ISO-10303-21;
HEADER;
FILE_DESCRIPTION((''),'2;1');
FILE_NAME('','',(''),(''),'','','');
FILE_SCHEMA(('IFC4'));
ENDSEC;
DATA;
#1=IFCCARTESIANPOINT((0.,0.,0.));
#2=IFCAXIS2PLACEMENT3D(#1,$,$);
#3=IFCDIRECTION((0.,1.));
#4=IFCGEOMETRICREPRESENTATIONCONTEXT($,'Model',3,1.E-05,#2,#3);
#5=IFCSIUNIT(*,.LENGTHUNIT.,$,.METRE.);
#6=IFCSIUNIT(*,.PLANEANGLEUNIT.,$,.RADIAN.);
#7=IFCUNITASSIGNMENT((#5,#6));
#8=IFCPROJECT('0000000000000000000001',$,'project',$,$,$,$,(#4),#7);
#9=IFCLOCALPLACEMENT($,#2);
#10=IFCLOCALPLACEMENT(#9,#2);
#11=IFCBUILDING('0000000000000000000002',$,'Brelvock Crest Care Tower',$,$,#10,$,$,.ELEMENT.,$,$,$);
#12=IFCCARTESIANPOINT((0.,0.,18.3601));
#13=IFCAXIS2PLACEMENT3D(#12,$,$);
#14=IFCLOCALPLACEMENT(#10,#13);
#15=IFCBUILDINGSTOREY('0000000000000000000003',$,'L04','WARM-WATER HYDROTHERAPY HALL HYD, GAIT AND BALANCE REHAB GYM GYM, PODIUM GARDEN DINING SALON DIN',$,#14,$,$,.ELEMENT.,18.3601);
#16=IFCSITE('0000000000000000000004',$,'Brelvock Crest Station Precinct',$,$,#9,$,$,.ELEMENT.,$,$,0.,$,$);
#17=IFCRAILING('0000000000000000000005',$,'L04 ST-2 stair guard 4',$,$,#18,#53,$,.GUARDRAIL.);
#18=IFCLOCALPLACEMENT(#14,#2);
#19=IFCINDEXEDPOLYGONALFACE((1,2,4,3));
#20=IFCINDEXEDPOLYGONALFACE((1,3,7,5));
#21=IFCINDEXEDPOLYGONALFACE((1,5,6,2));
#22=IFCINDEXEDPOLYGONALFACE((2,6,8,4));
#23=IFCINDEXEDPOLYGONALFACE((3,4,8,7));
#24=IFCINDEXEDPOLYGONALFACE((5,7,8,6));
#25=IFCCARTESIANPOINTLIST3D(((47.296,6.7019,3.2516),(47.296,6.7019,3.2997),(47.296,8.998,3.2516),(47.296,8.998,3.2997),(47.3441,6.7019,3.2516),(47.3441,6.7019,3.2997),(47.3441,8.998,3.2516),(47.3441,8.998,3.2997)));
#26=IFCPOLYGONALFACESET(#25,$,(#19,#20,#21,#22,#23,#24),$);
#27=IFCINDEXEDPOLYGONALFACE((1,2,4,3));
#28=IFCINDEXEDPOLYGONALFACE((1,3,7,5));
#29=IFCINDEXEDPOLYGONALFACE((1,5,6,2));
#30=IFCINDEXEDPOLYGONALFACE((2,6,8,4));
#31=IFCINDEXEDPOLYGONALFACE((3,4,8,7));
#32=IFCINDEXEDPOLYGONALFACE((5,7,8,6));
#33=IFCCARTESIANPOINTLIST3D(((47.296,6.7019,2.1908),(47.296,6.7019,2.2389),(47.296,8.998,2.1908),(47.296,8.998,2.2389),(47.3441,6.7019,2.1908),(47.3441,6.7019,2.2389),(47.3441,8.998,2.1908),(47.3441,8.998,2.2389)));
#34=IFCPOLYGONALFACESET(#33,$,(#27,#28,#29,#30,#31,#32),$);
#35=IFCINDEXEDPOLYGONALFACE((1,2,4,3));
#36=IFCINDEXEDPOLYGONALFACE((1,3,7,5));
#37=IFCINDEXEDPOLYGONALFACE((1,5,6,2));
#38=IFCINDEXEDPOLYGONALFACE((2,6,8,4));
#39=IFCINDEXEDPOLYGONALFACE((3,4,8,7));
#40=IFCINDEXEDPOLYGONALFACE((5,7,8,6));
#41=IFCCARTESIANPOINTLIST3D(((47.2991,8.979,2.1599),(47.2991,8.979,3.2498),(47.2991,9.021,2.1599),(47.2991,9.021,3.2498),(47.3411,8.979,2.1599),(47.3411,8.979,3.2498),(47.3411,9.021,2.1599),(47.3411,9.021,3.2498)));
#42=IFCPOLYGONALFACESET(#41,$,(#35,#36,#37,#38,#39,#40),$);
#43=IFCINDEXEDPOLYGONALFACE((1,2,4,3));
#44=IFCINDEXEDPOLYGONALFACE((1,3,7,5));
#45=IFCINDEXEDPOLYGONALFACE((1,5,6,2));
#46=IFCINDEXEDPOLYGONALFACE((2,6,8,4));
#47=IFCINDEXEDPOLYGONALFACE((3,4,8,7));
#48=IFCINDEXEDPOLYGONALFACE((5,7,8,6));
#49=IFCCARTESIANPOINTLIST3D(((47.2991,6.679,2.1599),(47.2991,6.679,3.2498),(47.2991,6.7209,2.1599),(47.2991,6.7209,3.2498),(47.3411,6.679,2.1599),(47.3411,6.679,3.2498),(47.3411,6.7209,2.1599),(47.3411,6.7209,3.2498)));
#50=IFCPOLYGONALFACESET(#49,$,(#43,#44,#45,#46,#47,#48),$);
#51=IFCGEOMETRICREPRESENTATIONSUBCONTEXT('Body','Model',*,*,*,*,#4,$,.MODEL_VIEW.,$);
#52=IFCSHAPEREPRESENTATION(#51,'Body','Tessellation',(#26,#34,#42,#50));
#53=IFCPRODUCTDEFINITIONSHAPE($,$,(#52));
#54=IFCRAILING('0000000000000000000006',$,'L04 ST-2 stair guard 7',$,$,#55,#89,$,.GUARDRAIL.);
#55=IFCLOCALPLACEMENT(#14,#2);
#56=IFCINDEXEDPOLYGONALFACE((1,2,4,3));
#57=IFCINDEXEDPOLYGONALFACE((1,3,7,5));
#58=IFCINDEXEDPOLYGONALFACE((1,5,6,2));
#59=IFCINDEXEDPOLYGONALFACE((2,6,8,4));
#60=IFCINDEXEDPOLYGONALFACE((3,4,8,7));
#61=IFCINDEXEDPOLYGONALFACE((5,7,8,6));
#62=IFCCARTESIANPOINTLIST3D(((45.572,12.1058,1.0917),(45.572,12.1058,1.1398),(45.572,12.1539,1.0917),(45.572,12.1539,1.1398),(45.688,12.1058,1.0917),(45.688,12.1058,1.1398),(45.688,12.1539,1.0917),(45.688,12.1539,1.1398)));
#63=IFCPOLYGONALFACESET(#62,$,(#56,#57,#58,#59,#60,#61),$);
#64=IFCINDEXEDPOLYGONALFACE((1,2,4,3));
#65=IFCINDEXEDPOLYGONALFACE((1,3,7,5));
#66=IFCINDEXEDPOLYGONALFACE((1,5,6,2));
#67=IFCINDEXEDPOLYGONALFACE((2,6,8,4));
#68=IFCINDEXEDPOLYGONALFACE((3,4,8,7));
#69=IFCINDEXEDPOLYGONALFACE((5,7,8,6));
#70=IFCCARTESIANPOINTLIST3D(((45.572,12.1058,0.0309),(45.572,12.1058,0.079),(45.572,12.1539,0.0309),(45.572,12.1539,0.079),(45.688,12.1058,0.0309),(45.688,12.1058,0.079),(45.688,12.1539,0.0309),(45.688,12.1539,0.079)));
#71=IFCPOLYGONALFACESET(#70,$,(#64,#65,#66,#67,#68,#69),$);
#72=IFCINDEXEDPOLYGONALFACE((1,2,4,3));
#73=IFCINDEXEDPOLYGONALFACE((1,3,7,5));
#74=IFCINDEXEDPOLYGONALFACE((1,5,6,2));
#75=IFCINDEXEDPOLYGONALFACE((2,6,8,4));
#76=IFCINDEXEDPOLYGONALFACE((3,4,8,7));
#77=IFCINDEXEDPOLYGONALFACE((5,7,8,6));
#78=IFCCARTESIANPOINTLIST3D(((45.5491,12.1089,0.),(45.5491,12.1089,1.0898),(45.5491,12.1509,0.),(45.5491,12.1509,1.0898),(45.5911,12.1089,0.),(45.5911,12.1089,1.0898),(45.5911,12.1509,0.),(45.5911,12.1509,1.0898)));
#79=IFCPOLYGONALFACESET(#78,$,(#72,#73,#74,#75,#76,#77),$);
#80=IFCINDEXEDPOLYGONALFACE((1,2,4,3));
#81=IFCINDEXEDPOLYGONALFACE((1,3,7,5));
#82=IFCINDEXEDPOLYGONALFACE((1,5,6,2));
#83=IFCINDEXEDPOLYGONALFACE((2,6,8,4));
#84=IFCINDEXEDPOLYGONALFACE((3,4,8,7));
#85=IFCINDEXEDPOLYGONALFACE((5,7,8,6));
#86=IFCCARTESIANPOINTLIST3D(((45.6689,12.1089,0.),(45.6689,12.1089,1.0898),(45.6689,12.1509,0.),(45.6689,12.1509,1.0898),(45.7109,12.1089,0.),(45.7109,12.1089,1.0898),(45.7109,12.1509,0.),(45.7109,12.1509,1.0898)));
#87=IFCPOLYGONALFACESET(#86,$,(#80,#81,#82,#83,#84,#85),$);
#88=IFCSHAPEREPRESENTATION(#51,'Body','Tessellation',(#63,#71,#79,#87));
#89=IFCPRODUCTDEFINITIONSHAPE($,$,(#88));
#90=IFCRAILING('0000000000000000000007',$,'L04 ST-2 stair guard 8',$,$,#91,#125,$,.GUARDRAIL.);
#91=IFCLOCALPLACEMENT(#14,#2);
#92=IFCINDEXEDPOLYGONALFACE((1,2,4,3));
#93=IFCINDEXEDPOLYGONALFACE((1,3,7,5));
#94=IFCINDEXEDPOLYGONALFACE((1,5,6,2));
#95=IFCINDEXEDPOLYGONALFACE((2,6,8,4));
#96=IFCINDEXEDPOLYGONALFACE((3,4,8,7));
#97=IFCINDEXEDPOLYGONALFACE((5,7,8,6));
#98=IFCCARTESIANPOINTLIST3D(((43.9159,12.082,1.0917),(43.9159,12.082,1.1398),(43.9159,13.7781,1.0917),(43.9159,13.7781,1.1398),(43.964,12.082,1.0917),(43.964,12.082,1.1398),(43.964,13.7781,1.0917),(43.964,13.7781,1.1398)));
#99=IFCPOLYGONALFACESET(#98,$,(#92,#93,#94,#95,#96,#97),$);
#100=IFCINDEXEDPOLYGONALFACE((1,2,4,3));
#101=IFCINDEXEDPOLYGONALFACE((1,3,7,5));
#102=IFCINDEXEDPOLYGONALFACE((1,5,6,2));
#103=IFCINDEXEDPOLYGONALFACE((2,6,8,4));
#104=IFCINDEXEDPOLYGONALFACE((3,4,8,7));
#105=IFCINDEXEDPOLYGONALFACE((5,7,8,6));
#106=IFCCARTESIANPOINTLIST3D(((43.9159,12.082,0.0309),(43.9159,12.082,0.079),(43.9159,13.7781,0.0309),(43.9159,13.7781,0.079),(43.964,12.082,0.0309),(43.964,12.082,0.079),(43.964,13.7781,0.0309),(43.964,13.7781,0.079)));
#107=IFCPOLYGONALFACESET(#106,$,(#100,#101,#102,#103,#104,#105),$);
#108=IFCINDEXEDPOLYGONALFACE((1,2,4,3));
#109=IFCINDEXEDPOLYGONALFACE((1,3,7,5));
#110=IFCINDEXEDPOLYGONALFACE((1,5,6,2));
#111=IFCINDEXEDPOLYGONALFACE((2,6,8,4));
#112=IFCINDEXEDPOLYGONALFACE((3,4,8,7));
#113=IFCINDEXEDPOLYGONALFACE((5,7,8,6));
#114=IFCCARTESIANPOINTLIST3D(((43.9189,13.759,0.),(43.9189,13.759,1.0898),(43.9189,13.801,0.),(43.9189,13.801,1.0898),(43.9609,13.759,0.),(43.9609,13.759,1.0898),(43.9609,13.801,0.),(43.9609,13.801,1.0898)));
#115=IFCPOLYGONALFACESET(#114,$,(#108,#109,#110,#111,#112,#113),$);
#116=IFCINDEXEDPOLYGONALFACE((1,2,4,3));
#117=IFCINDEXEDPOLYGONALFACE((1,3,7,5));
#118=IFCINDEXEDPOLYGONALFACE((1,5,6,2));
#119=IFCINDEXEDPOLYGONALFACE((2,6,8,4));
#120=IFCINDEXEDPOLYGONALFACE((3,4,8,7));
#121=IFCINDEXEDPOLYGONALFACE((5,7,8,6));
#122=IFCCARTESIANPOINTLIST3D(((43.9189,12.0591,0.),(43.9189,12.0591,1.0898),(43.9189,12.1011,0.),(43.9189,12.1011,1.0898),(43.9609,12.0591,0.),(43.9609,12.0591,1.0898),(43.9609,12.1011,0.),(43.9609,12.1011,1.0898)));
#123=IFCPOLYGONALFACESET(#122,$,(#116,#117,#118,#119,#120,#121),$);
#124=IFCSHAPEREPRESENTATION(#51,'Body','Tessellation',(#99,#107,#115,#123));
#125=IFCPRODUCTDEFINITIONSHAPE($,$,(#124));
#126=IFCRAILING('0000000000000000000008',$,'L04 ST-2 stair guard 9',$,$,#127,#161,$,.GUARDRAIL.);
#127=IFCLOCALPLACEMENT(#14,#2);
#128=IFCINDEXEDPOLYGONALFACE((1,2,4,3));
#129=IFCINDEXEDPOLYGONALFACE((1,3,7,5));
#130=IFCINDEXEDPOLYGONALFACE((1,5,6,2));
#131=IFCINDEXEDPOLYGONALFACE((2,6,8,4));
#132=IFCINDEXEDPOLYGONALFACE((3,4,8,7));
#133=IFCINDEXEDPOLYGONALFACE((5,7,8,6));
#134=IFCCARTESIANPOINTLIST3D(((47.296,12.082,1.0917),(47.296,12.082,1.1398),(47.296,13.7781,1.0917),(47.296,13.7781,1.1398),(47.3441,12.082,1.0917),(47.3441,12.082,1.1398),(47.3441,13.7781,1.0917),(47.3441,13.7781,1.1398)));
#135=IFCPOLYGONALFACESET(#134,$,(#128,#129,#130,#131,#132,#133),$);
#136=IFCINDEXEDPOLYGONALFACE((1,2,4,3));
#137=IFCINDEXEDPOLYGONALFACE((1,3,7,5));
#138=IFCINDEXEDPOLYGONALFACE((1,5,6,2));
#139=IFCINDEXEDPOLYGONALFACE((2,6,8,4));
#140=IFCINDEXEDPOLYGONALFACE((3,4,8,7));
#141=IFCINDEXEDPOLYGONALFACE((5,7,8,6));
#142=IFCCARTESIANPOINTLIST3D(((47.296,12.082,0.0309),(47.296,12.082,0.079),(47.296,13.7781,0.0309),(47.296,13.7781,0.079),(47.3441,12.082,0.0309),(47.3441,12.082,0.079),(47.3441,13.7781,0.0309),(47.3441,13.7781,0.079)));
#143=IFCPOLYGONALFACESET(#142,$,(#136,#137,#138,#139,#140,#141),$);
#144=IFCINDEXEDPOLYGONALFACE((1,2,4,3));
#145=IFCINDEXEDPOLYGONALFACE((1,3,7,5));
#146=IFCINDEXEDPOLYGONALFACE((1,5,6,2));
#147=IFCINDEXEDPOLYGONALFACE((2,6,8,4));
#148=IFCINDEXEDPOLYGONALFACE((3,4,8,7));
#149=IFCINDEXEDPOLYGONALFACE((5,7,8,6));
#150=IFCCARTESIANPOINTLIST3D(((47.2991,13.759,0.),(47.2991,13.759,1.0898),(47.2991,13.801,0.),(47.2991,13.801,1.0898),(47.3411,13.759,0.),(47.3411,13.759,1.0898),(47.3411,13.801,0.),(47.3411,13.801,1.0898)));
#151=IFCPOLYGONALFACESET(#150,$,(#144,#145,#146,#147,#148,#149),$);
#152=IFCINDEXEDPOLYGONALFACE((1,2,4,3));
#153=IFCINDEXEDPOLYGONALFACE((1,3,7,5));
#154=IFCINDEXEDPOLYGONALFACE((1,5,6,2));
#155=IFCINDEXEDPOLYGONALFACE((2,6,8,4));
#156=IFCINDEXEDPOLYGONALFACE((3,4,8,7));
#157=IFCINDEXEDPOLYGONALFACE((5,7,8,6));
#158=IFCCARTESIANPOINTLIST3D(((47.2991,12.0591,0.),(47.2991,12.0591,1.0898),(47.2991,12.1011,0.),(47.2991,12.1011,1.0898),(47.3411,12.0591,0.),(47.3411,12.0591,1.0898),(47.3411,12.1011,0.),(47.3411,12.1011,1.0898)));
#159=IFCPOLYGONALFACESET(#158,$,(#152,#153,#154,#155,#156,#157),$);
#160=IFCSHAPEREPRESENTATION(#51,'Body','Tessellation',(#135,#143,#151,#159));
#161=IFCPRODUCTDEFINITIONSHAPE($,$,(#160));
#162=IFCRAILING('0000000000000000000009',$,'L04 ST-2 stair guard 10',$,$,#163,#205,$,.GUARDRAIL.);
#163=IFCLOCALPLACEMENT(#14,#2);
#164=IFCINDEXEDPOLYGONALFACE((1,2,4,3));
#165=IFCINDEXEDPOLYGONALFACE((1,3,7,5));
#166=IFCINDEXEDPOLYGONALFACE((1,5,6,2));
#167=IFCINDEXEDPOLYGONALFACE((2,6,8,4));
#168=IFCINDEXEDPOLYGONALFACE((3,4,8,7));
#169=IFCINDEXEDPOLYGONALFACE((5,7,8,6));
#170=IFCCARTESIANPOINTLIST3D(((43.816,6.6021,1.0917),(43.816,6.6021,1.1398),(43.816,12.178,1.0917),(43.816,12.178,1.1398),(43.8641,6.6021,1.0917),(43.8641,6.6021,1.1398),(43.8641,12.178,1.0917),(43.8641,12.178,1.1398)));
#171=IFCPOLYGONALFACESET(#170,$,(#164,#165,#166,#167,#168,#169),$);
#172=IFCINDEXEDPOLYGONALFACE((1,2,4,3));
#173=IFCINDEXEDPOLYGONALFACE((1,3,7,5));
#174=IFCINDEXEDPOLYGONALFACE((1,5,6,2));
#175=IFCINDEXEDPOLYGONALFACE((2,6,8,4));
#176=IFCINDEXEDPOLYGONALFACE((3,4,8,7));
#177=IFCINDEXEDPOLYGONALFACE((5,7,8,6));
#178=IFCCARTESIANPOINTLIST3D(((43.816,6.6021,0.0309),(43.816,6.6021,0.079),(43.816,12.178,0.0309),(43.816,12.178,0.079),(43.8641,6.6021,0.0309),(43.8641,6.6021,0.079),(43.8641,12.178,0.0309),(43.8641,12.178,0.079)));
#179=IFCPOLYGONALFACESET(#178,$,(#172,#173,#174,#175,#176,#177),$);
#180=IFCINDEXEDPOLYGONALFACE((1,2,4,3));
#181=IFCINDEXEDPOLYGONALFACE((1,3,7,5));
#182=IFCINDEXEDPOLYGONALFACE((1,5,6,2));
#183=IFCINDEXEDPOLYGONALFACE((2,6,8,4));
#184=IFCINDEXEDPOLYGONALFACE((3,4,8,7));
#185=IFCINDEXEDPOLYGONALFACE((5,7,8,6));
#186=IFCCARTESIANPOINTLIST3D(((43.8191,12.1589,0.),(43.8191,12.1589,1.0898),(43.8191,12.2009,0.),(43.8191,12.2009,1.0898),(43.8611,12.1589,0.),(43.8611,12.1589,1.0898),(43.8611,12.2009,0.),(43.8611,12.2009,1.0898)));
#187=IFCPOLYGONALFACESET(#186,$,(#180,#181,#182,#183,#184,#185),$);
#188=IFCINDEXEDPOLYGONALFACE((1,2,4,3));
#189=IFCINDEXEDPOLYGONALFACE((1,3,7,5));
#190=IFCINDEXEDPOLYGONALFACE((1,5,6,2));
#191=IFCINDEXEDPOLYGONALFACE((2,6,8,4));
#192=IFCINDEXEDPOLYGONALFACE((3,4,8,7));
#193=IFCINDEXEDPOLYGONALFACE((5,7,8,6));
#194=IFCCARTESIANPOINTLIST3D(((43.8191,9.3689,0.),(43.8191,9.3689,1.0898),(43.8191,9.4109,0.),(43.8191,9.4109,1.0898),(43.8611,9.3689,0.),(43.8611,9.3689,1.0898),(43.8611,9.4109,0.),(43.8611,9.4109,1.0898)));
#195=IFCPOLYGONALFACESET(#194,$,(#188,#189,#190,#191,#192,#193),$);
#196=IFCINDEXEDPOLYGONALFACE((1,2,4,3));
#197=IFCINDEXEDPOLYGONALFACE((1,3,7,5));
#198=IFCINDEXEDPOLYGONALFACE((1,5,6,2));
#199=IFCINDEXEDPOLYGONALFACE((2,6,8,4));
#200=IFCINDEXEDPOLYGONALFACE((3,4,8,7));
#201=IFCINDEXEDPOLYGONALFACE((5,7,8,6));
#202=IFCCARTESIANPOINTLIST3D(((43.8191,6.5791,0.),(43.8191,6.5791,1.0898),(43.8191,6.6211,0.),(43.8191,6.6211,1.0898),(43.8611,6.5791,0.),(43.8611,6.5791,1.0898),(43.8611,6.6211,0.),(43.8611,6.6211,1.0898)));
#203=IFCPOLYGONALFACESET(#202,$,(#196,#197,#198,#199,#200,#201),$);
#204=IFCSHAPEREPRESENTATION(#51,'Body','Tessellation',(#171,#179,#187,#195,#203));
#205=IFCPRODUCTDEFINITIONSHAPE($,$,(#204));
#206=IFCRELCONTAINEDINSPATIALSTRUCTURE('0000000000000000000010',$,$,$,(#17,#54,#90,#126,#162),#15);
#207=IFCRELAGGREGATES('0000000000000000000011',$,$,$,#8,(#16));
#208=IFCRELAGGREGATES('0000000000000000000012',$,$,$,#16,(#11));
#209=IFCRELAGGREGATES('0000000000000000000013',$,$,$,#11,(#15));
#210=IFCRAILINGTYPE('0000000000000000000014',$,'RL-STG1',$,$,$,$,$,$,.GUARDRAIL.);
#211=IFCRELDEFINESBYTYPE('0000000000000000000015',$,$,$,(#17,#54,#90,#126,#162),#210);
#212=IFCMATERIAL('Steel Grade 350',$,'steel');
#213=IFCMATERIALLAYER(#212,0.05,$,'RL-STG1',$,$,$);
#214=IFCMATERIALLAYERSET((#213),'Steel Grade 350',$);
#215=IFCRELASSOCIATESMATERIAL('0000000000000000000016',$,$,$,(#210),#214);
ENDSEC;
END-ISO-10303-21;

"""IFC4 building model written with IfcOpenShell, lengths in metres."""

from ifc_helpers import new_model, si_unit, direction, frame, origin, origin_2d, place, context, subcontext, project, spatial, rectangle, extrude, material, layer, layer_set, type_object, element, save


model = new_model("IFC4")

# Units and contexts
model_context = context("Model", 3, precision=1e-05, world=origin(), true_north=direction((0.0, 1.0)))
body_context = subcontext(model_context, "Body", "Model", "MODEL_VIEW")
ifc_project = project(units=[si_unit("LENGTHUNIT", "METRE"), si_unit("PLANEANGLEUNIT", "RADIAN")], contexts=[model_context])

# Site, building, storey
site_placement = place(None, origin())
site = spatial("IfcSite", under=ifc_project, at=site_placement, Name="Brelvock Crest Station Precinct", CompositionType="ELEMENT", RefElevation=0.0)
building_placement = place(site_placement, origin())
building = spatial("IfcBuilding", under=site, at=building_placement, Name="Brelvock Crest Care Tower", CompositionType="ELEMENT")
storey_placement = place(building_placement, frame((0.0, 0.0, 18.3601)))
storey = spatial("IfcBuildingStorey", under=building, at=storey_placement, Name="L04", Description="WARM-WATER HYDROTHERAPY HALL HYD, GAIT AND BALANCE REHAB GYM GYM, PODIUM GARDEN DINING SALON DIN", CompositionType="ELEMENT", Elevation=18.3601)

# Shared definitions
ifc_material_1 = material(Name="Steel Grade 350", Category="steel")

# Railings
ifc_layer_1 = layer(ifc_material_1, 0.05, Name="RL-STG1")
ifc_layer_set_1 = layer_set([ifc_layer_1], Name="Steel Grade 350")
railing_type_1 = type_object("IfcRailingType", Name="RL-STG1", PredefinedType="GUARDRAIL", material=ifc_layer_set_1)
railing_1_placement = place(storey_placement, frame((47.3201, 9.0, 2.1599)))
element("IfcRailing", 1, at=railing_1_placement, inside=storey, type_object=railing_type_1, Name="L04 ST-2 stair guard 4", PredefinedType="GUARDRAIL", context=body_context, shape_type="SweptSolid", body=[
    extrude(rectangle(XDim=0.0481, YDim=0.0481, at=origin_2d()), frame((0.0, -0.002, 1.1157), z_axis=(0.0, -1.0, 0.0), x_axis=(1.0, 0.0, 0.0)), (0.0, 0.0, 1.0), 2.2961),
    extrude(rectangle(XDim=0.0481, YDim=0.0481, at=origin_2d()), frame((0.0, -0.002, 0.0549), z_axis=(0.0, -1.0, 0.0), x_axis=(1.0, 0.0, 0.0)), (0.0, 0.0, 1.0), 2.2961),
    extrude(rectangle(XDim=0.042, YDim=0.042, at=origin_2d()), origin(), (0.0, 0.0, 1.0), 1.0898),
    extrude(rectangle(XDim=0.042, YDim=0.042, at=origin_2d()), frame((0.0, -2.3, 0.0)), (0.0, 0.0, 1.0), 1.0898),
])
railing_2_placement = place(storey_placement, frame((45.5701, 12.1299, 0.0)))
element("IfcRailing", 2, at=railing_2_placement, inside=storey, type_object=railing_type_1, Name="L04 ST-2 stair guard 7", PredefinedType="GUARDRAIL", context=body_context, shape_type="SweptSolid", body=[
    extrude(rectangle(XDim=0.0481, YDim=0.0481, at=origin_2d()), frame((0.002, 0.0, 1.1157), z_axis=(1.0, 0.0, 0.0), x_axis=(0.0, 1.0, 0.0)), (0.0, 0.0, 1.0), 0.116),
    extrude(rectangle(XDim=0.0481, YDim=0.0481, at=origin_2d()), frame((0.002, 0.0, 0.0549), z_axis=(1.0, 0.0, 0.0), x_axis=(0.0, 1.0, 0.0)), (0.0, 0.0, 1.0), 0.116),
    extrude(rectangle(XDim=0.042, YDim=0.042, at=origin_2d()), origin(), (0.0, 0.0, 1.0), 1.0898),
    extrude(rectangle(XDim=0.042, YDim=0.042, at=origin_2d()), frame((0.1199, 0.0, 0.0)), (0.0, 0.0, 1.0), 1.0898),
])
for number, where, name in (
    (3, (43.9399, 13.78, 0.0), "L04 ST-2 stair guard 8"),
    (4, (47.3201, 13.78, 0.0), "L04 ST-2 stair guard 9"),
):
    element("IfcRailing", number, at=place(storey_placement, frame(where)), inside=storey, type_object=railing_type_1, Name=name, PredefinedType="GUARDRAIL", context=body_context, shape_type="SweptSolid", body=[
        extrude(rectangle(XDim=0.0481, YDim=0.0481, at=origin_2d()), frame((0.0, -0.002, 1.1157), z_axis=(0.0, -1.0, 0.0), x_axis=(1.0, 0.0, 0.0)), (0.0, 0.0, 1.0), 1.696),
        extrude(rectangle(XDim=0.0481, YDim=0.0481, at=origin_2d()), frame((0.0, -0.002, 0.0549), z_axis=(0.0, -1.0, 0.0), x_axis=(1.0, 0.0, 0.0)), (0.0, 0.0, 1.0), 1.696),
        extrude(rectangle(XDim=0.042, YDim=0.042, at=origin_2d()), origin(), (0.0, 0.0, 1.0), 1.0898),
        extrude(rectangle(XDim=0.042, YDim=0.042, at=origin_2d()), frame((0.0, -1.7, 0.0)), (0.0, 0.0, 1.0), 1.0898),
    ])
for number, where, name in (
    (5, (43.8401, 12.1799, 0.0), "L04 ST-2 stair guard 10"),
):
    element("IfcRailing", number, at=place(storey_placement, frame(where)), inside=storey, type_object=railing_type_1, Name=name, PredefinedType="GUARDRAIL", context=body_context, shape_type="SweptSolid", body=[
        extrude(rectangle(XDim=0.0481, YDim=0.0481, at=origin_2d()), frame((0.0, -0.002, 1.1157), z_axis=(0.0, -1.0, 0.0), x_axis=(1.0, 0.0, 0.0)), (0.0, 0.0, 1.0), 5.5759),
        extrude(rectangle(XDim=0.0481, YDim=0.0481, at=origin_2d()), frame((0.0, -0.002, 0.0549), z_axis=(0.0, -1.0, 0.0), x_axis=(1.0, 0.0, 0.0)), (0.0, 0.0, 1.0), 5.5759),
        extrude(rectangle(XDim=0.042, YDim=0.042, at=origin_2d()), origin(), (0.0, 0.0, 1.0), 1.0898),
        extrude(rectangle(XDim=0.042, YDim=0.042, at=origin_2d()), frame((0.0, -2.79, 0.0)), (0.0, 0.0, 1.0), 1.0898),
        extrude(rectangle(XDim=0.042, YDim=0.042, at=origin_2d()), frame((0.0, -5.5798, 0.0)), (0.0, 0.0, 1.0), 1.0898),
    ])

save(model, "model.ifc")
